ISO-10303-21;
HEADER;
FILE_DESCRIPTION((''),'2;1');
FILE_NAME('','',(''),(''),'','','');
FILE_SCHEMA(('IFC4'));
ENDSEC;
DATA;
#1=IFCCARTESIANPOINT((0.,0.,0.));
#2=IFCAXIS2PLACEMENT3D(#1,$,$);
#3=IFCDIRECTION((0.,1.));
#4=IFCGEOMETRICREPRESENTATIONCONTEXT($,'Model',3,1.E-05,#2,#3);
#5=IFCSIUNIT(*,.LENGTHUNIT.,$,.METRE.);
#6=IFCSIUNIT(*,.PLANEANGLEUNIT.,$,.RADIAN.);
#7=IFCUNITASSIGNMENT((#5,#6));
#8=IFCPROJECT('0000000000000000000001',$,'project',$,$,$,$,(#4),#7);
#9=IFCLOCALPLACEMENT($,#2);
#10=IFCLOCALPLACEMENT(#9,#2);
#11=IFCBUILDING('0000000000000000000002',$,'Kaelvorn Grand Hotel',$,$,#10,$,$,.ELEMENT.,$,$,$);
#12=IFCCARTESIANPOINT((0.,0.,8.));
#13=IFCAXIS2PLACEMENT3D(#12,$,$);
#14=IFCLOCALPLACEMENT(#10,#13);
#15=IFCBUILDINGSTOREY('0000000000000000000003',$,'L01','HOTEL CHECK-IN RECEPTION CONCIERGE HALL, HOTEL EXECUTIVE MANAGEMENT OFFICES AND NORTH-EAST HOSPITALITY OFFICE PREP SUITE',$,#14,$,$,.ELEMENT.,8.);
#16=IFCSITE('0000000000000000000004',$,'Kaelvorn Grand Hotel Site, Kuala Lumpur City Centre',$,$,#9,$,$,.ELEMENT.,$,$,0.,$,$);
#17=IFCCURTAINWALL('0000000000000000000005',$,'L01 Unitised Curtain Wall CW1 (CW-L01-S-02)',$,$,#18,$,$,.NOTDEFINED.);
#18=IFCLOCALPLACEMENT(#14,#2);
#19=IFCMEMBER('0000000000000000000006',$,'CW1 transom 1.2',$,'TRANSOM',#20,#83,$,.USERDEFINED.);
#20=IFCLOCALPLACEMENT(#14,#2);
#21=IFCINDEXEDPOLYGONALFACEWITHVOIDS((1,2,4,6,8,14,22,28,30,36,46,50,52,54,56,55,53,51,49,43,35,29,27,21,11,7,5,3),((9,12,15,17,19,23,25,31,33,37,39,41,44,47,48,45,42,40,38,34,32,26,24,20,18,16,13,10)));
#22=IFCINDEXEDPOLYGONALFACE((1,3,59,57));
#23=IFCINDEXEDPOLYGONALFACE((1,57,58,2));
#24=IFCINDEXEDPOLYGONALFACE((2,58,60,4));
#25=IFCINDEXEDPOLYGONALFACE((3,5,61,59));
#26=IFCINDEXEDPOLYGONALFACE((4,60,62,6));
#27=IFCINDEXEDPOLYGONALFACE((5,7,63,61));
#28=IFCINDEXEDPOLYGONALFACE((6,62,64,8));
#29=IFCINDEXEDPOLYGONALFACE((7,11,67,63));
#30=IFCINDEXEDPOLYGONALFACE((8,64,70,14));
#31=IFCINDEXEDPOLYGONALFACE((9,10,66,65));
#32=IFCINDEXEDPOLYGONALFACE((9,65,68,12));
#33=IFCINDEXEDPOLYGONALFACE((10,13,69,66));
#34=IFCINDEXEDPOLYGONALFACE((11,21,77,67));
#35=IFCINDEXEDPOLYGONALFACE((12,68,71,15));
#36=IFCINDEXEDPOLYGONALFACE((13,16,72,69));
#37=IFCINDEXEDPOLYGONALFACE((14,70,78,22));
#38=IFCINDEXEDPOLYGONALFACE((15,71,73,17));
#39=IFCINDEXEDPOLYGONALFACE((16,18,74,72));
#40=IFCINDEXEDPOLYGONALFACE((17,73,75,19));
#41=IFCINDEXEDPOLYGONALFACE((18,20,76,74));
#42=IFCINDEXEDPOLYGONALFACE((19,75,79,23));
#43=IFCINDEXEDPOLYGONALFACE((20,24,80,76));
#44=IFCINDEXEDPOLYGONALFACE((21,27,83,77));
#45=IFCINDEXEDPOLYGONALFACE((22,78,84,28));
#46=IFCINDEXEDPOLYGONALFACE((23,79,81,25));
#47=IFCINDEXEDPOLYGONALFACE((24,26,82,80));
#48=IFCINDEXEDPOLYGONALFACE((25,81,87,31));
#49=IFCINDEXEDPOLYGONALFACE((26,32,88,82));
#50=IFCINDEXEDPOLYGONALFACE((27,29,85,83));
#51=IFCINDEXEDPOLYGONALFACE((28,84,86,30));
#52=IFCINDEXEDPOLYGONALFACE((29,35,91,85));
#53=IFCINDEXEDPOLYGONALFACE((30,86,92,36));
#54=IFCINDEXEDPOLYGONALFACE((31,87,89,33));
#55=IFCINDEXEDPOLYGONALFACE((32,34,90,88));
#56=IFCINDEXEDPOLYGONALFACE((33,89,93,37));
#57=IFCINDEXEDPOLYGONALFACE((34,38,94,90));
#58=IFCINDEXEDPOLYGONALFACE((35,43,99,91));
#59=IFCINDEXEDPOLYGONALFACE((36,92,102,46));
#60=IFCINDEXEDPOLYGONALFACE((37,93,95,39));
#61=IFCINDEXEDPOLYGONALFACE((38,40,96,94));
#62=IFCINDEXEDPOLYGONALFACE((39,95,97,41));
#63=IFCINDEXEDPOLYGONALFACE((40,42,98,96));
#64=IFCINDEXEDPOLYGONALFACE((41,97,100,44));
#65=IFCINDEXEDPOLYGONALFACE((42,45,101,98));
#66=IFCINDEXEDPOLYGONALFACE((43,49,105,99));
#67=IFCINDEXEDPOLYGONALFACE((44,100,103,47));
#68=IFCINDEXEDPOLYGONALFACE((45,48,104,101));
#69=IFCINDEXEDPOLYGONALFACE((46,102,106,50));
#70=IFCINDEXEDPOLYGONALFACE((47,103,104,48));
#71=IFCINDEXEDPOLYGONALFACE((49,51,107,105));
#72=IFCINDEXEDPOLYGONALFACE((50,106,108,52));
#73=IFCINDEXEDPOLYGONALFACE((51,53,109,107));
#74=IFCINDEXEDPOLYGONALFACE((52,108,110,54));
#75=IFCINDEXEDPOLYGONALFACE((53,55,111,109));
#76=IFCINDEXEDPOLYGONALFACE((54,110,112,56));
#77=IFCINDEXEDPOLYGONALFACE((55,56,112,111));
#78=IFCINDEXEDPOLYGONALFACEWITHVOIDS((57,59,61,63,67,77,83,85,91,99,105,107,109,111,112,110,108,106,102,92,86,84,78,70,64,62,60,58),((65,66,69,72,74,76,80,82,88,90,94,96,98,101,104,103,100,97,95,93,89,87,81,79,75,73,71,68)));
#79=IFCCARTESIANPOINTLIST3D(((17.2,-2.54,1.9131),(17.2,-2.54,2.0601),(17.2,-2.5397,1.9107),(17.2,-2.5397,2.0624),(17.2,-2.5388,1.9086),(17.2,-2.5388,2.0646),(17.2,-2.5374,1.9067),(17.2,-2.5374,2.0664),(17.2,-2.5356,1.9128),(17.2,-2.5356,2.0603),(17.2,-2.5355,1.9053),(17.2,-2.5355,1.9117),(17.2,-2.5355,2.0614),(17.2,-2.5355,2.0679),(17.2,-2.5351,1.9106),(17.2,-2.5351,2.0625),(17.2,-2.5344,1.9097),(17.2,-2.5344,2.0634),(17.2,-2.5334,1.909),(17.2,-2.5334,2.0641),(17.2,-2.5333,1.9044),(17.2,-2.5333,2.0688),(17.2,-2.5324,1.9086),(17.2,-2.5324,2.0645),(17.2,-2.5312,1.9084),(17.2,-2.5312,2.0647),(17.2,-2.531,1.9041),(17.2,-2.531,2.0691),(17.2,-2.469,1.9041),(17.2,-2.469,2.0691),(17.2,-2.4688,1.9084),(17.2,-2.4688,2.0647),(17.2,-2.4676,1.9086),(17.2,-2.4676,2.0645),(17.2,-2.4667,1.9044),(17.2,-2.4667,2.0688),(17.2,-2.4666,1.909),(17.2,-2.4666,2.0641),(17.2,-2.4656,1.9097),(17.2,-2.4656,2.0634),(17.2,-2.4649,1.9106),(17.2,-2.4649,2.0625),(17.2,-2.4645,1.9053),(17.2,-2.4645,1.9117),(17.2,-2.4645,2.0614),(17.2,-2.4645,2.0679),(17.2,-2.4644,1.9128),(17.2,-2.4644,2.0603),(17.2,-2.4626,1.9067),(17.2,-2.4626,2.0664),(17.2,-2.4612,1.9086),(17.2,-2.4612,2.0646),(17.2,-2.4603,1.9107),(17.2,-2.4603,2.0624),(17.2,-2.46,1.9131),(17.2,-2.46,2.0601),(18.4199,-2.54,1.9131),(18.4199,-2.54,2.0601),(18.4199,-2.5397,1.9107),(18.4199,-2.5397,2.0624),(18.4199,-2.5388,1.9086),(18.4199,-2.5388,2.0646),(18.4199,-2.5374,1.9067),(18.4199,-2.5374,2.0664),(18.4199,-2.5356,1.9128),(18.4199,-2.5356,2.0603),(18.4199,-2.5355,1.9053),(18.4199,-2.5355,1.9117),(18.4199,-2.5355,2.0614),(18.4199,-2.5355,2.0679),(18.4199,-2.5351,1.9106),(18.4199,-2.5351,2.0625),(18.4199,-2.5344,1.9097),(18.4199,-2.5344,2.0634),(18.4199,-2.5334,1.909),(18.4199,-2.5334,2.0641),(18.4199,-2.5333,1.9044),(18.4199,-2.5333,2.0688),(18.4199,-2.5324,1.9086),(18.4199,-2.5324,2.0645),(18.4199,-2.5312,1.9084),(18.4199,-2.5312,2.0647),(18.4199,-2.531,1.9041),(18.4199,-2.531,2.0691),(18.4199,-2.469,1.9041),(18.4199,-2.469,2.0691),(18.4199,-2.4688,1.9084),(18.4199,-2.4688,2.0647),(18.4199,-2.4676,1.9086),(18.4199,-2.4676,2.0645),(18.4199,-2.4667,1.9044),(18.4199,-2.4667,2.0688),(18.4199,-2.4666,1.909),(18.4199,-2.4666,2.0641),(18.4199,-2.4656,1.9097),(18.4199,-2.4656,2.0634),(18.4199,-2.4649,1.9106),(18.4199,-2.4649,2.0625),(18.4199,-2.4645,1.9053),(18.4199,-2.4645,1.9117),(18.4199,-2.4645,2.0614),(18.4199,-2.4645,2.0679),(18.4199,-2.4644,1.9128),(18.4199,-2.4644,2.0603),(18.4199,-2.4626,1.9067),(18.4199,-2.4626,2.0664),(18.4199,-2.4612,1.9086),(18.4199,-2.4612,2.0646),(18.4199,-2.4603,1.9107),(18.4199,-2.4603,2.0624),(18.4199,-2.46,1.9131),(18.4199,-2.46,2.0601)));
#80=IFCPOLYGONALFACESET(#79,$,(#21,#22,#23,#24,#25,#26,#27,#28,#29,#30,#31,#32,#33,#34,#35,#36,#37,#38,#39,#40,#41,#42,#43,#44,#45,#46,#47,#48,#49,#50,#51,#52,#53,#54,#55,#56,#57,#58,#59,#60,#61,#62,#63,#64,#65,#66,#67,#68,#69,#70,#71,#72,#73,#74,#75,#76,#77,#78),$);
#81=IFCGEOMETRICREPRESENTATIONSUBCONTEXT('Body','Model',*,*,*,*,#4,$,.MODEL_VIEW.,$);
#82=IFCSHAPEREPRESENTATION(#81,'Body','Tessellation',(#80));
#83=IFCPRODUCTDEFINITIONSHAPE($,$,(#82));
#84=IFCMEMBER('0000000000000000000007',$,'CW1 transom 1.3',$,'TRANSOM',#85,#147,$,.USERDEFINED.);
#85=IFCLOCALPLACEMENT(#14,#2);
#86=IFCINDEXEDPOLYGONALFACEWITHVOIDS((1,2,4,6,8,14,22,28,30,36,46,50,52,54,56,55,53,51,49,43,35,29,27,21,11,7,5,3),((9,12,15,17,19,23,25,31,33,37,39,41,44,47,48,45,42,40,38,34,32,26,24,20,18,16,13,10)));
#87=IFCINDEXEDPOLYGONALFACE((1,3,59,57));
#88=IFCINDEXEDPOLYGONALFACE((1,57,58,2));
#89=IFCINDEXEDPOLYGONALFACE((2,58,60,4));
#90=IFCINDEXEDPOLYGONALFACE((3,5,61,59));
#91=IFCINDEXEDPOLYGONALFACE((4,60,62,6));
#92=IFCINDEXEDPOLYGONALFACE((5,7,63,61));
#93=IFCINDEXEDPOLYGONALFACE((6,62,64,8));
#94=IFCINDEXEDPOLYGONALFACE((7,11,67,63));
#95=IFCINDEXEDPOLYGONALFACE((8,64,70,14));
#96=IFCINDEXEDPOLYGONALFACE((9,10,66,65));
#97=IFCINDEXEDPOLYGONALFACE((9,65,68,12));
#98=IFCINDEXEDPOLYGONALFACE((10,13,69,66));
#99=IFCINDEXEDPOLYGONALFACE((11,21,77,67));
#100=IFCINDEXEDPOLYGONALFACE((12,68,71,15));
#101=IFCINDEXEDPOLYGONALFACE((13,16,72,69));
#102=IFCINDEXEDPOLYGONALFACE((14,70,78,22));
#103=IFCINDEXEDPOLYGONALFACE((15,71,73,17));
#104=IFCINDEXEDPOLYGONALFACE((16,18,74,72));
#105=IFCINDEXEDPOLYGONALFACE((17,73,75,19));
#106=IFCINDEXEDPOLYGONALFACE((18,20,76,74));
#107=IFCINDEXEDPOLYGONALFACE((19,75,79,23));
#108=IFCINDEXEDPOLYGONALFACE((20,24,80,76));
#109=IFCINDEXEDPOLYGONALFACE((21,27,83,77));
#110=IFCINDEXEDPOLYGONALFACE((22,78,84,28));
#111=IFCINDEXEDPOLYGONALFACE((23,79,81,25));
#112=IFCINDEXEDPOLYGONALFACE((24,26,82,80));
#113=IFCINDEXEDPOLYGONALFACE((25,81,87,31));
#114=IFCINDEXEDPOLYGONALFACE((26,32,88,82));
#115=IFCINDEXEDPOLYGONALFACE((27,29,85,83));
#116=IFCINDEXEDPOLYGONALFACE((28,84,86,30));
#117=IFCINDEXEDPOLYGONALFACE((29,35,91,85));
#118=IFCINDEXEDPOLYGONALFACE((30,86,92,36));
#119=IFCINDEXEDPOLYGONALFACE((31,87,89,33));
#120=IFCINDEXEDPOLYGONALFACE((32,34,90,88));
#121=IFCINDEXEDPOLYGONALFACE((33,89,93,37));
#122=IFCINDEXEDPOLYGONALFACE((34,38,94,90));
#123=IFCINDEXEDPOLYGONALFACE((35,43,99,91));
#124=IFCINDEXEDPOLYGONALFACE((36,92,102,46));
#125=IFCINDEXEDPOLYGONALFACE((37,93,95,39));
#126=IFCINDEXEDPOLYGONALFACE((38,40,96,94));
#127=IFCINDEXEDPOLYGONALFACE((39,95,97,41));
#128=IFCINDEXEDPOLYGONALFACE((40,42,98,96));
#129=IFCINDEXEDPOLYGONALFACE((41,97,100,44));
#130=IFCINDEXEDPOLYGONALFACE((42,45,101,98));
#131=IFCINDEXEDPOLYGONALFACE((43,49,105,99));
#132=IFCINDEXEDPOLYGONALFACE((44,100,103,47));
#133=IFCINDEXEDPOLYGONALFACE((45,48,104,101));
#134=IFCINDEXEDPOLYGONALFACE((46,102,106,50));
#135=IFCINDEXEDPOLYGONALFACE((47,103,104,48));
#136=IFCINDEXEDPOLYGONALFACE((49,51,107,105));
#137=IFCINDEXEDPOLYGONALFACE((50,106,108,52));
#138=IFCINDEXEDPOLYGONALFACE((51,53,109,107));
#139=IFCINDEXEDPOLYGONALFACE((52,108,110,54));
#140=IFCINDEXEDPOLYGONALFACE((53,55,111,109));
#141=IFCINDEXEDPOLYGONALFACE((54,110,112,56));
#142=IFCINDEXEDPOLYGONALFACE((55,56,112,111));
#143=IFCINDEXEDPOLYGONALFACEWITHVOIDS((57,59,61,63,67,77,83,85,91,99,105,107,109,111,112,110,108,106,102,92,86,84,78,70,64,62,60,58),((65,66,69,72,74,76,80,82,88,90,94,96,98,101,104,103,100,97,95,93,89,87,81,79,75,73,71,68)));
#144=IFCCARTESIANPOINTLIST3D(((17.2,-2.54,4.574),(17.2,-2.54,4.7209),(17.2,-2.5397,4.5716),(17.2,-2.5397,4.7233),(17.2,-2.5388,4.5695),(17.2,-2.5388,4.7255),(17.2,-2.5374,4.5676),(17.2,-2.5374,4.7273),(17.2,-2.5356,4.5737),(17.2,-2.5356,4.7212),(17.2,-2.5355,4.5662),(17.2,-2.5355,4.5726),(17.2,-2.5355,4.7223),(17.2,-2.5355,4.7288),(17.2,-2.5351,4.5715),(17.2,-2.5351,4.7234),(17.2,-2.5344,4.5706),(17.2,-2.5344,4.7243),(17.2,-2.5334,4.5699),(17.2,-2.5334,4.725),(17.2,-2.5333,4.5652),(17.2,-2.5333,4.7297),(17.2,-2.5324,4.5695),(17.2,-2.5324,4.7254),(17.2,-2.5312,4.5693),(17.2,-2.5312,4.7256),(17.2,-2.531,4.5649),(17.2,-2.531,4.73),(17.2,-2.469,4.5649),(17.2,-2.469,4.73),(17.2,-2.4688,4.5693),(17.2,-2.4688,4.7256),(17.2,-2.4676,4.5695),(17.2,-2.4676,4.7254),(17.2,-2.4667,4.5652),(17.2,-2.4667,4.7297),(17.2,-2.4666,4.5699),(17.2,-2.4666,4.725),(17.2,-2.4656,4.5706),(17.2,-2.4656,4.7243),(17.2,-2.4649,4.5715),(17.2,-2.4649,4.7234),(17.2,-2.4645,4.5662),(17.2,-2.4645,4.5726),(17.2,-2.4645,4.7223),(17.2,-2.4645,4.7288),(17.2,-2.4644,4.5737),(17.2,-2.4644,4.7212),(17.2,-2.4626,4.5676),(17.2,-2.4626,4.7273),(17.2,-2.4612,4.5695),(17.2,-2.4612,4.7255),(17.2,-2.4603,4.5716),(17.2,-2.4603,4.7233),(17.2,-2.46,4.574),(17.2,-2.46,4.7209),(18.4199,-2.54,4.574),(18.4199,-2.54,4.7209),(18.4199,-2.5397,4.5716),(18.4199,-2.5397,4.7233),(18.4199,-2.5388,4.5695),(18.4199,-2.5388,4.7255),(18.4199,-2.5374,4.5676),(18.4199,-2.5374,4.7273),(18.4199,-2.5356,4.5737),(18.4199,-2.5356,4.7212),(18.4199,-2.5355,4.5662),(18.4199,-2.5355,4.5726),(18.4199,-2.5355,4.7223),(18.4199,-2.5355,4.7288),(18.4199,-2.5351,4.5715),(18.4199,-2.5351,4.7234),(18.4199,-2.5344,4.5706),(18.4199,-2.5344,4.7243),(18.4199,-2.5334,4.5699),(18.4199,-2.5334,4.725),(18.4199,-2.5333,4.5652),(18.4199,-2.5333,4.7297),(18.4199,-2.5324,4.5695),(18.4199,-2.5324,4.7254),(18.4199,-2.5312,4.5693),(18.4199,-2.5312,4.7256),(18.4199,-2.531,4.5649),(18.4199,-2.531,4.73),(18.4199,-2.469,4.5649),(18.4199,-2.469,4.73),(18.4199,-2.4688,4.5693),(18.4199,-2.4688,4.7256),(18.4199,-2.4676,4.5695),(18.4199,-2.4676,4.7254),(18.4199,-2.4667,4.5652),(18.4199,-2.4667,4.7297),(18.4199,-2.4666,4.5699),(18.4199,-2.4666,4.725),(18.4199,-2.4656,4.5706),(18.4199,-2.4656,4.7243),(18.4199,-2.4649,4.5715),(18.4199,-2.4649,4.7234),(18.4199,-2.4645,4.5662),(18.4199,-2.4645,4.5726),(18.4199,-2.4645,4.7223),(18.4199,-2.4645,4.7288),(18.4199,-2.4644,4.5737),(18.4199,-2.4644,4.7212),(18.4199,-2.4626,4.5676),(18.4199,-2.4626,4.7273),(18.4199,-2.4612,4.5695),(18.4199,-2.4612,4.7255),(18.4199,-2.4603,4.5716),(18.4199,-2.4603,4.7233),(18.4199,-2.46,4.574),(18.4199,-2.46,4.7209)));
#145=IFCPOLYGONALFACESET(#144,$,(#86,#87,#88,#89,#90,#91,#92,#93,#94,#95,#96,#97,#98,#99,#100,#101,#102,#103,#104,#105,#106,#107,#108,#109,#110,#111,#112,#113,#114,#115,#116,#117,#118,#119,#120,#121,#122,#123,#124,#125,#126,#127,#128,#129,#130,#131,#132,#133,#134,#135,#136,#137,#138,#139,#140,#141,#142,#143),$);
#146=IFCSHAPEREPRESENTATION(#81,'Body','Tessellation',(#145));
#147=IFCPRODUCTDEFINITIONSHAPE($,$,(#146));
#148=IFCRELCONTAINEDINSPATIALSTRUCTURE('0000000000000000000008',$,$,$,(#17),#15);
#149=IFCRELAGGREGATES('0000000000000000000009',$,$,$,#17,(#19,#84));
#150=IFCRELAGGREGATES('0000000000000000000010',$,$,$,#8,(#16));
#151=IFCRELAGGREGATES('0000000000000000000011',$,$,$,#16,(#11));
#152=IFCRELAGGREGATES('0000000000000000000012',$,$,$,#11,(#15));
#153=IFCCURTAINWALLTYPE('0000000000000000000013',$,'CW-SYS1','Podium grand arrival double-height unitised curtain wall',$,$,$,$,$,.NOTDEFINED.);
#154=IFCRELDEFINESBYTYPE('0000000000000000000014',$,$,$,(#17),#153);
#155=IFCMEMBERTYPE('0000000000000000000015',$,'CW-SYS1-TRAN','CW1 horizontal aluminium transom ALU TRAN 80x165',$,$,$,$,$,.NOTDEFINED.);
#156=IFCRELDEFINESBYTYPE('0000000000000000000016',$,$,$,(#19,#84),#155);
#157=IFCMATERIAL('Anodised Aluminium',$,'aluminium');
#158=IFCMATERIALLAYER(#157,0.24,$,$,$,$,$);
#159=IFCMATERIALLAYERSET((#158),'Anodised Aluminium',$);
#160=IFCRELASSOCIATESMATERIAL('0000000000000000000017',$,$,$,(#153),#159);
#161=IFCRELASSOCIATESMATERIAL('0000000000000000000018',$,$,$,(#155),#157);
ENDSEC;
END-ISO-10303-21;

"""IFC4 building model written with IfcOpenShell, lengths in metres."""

from ifc_helpers import new_model, si_unit, direction, frame, origin, origin_2d, place, context, subcontext, project, spatial, hollow_rectangle, extrude, material, layer, layer_set, material_profile, profile_set, type_object, element, aggregate, save


model = new_model("IFC4")

# Units and contexts
model_context = context("Model", 3, precision=1e-05, world=origin(), true_north=direction((0.0, 1.0)))
body_context = subcontext(model_context, "Body", "Model", "MODEL_VIEW")
ifc_project = project(units=[si_unit("LENGTHUNIT", "METRE"), si_unit("PLANEANGLEUNIT", "RADIAN")], contexts=[model_context])

# Site, building, storey
site_placement = place(None, origin())
site = spatial("IfcSite", under=ifc_project, at=site_placement, Name="Kaelvorn Grand Hotel Site, Kuala Lumpur City Centre", CompositionType="ELEMENT", RefElevation=0.0)
building_placement = place(site_placement, origin())
building = spatial("IfcBuilding", under=site, at=building_placement, Name="Kaelvorn Grand Hotel", CompositionType="ELEMENT")
storey_placement = place(building_placement, frame((0.0, 0.0, 8.0)))
storey = spatial("IfcBuildingStorey", under=building, at=storey_placement, Name="L01", Description="HOTEL CHECK-IN RECEPTION CONCIERGE HALL, HOTEL EXECUTIVE MANAGEMENT OFFICES AND NORTH-EAST HOSPITALITY OFFICE PREP SUITE", CompositionType="ELEMENT", Elevation=8.0)

# Curtain wall
ifc_material_1 = material(Name="Anodised Aluminium", Category="aluminium")
ifc_layer_1 = layer(ifc_material_1, 0.24)
ifc_layer_set_1 = layer_set([ifc_layer_1], Name="Anodised Aluminium")
curtain_wall_type = type_object("IfcCurtainWallType", Name="CW-SYS1", Description="Podium grand arrival double-height unitised curtain wall", PredefinedType="NOTDEFINED", material=ifc_layer_set_1)
curtain_wall_1_placement = place(storey_placement, origin())
curtain_wall_1 = element("IfcCurtainWall", 1, at=curtain_wall_1_placement, inside=storey, type_object=curtain_wall_type, Name="L01 Unitised Curtain Wall CW1 (CW-L01-S-02)", PredefinedType="NOTDEFINED")

# Members
ifc_material_profile_1 = material_profile(ifc_material_1, hollow_rectangle(XDim=0.0801, YDim=0.165, WallThickness=0.0044, InnerFilletRadius=0.0044, OuterFilletRadius=0.009, at=origin_2d()), Name="ALU TRAN 80x165")
ifc_profile_set_1 = profile_set([ifc_material_profile_1], Name="Anodised Aluminium")
member_type_1 = type_object("IfcMemberType", Name="CW-SYS1-TRAN", Description="CW1 horizontal aluminium transom ALU TRAN 80x165", PredefinedType="NOTDEFINED", material=ifc_profile_set_1)
member_1_placement = place(storey_placement, frame((17.2, -2.5, 1.9866), z_axis=(1.0, 0.0, 0.0), x_axis=(0.0, 1.0, 0.0)))
member_1 = element("IfcMember", 2, at=member_1_placement, type_object=member_type_1, Name="CW1 transom 1.2", ObjectType="TRANSOM", PredefinedType="USERDEFINED", context=body_context, shape_type="SweptSolid", body=[
    extrude(hollow_rectangle(XDim=0.0801, YDim=0.165, WallThickness=0.0044, InnerFilletRadius=0.0044, OuterFilletRadius=0.009, at=origin_2d()), origin(), (0.0, 0.0, 1.0), 1.22),
])
member_2_placement = place(storey_placement, frame((17.2, -2.5, 4.6475), z_axis=(1.0, 0.0, 0.0), x_axis=(0.0, 1.0, 0.0)))
member_2 = element("IfcMember", 3, at=member_2_placement, type_object=member_type_1, Name="CW1 transom 1.3", ObjectType="TRANSOM", PredefinedType="USERDEFINED", context=body_context, shape_type="SweptSolid", body=[
    extrude(hollow_rectangle(XDim=0.0801, YDim=0.165, WallThickness=0.0044, InnerFilletRadius=0.0044, OuterFilletRadius=0.009, at=origin_2d()), origin(), (0.0, 0.0, 1.0), 1.22),
])

aggregate(curtain_wall_1, [member_1, member_2])

save(model, "model.ifc")
